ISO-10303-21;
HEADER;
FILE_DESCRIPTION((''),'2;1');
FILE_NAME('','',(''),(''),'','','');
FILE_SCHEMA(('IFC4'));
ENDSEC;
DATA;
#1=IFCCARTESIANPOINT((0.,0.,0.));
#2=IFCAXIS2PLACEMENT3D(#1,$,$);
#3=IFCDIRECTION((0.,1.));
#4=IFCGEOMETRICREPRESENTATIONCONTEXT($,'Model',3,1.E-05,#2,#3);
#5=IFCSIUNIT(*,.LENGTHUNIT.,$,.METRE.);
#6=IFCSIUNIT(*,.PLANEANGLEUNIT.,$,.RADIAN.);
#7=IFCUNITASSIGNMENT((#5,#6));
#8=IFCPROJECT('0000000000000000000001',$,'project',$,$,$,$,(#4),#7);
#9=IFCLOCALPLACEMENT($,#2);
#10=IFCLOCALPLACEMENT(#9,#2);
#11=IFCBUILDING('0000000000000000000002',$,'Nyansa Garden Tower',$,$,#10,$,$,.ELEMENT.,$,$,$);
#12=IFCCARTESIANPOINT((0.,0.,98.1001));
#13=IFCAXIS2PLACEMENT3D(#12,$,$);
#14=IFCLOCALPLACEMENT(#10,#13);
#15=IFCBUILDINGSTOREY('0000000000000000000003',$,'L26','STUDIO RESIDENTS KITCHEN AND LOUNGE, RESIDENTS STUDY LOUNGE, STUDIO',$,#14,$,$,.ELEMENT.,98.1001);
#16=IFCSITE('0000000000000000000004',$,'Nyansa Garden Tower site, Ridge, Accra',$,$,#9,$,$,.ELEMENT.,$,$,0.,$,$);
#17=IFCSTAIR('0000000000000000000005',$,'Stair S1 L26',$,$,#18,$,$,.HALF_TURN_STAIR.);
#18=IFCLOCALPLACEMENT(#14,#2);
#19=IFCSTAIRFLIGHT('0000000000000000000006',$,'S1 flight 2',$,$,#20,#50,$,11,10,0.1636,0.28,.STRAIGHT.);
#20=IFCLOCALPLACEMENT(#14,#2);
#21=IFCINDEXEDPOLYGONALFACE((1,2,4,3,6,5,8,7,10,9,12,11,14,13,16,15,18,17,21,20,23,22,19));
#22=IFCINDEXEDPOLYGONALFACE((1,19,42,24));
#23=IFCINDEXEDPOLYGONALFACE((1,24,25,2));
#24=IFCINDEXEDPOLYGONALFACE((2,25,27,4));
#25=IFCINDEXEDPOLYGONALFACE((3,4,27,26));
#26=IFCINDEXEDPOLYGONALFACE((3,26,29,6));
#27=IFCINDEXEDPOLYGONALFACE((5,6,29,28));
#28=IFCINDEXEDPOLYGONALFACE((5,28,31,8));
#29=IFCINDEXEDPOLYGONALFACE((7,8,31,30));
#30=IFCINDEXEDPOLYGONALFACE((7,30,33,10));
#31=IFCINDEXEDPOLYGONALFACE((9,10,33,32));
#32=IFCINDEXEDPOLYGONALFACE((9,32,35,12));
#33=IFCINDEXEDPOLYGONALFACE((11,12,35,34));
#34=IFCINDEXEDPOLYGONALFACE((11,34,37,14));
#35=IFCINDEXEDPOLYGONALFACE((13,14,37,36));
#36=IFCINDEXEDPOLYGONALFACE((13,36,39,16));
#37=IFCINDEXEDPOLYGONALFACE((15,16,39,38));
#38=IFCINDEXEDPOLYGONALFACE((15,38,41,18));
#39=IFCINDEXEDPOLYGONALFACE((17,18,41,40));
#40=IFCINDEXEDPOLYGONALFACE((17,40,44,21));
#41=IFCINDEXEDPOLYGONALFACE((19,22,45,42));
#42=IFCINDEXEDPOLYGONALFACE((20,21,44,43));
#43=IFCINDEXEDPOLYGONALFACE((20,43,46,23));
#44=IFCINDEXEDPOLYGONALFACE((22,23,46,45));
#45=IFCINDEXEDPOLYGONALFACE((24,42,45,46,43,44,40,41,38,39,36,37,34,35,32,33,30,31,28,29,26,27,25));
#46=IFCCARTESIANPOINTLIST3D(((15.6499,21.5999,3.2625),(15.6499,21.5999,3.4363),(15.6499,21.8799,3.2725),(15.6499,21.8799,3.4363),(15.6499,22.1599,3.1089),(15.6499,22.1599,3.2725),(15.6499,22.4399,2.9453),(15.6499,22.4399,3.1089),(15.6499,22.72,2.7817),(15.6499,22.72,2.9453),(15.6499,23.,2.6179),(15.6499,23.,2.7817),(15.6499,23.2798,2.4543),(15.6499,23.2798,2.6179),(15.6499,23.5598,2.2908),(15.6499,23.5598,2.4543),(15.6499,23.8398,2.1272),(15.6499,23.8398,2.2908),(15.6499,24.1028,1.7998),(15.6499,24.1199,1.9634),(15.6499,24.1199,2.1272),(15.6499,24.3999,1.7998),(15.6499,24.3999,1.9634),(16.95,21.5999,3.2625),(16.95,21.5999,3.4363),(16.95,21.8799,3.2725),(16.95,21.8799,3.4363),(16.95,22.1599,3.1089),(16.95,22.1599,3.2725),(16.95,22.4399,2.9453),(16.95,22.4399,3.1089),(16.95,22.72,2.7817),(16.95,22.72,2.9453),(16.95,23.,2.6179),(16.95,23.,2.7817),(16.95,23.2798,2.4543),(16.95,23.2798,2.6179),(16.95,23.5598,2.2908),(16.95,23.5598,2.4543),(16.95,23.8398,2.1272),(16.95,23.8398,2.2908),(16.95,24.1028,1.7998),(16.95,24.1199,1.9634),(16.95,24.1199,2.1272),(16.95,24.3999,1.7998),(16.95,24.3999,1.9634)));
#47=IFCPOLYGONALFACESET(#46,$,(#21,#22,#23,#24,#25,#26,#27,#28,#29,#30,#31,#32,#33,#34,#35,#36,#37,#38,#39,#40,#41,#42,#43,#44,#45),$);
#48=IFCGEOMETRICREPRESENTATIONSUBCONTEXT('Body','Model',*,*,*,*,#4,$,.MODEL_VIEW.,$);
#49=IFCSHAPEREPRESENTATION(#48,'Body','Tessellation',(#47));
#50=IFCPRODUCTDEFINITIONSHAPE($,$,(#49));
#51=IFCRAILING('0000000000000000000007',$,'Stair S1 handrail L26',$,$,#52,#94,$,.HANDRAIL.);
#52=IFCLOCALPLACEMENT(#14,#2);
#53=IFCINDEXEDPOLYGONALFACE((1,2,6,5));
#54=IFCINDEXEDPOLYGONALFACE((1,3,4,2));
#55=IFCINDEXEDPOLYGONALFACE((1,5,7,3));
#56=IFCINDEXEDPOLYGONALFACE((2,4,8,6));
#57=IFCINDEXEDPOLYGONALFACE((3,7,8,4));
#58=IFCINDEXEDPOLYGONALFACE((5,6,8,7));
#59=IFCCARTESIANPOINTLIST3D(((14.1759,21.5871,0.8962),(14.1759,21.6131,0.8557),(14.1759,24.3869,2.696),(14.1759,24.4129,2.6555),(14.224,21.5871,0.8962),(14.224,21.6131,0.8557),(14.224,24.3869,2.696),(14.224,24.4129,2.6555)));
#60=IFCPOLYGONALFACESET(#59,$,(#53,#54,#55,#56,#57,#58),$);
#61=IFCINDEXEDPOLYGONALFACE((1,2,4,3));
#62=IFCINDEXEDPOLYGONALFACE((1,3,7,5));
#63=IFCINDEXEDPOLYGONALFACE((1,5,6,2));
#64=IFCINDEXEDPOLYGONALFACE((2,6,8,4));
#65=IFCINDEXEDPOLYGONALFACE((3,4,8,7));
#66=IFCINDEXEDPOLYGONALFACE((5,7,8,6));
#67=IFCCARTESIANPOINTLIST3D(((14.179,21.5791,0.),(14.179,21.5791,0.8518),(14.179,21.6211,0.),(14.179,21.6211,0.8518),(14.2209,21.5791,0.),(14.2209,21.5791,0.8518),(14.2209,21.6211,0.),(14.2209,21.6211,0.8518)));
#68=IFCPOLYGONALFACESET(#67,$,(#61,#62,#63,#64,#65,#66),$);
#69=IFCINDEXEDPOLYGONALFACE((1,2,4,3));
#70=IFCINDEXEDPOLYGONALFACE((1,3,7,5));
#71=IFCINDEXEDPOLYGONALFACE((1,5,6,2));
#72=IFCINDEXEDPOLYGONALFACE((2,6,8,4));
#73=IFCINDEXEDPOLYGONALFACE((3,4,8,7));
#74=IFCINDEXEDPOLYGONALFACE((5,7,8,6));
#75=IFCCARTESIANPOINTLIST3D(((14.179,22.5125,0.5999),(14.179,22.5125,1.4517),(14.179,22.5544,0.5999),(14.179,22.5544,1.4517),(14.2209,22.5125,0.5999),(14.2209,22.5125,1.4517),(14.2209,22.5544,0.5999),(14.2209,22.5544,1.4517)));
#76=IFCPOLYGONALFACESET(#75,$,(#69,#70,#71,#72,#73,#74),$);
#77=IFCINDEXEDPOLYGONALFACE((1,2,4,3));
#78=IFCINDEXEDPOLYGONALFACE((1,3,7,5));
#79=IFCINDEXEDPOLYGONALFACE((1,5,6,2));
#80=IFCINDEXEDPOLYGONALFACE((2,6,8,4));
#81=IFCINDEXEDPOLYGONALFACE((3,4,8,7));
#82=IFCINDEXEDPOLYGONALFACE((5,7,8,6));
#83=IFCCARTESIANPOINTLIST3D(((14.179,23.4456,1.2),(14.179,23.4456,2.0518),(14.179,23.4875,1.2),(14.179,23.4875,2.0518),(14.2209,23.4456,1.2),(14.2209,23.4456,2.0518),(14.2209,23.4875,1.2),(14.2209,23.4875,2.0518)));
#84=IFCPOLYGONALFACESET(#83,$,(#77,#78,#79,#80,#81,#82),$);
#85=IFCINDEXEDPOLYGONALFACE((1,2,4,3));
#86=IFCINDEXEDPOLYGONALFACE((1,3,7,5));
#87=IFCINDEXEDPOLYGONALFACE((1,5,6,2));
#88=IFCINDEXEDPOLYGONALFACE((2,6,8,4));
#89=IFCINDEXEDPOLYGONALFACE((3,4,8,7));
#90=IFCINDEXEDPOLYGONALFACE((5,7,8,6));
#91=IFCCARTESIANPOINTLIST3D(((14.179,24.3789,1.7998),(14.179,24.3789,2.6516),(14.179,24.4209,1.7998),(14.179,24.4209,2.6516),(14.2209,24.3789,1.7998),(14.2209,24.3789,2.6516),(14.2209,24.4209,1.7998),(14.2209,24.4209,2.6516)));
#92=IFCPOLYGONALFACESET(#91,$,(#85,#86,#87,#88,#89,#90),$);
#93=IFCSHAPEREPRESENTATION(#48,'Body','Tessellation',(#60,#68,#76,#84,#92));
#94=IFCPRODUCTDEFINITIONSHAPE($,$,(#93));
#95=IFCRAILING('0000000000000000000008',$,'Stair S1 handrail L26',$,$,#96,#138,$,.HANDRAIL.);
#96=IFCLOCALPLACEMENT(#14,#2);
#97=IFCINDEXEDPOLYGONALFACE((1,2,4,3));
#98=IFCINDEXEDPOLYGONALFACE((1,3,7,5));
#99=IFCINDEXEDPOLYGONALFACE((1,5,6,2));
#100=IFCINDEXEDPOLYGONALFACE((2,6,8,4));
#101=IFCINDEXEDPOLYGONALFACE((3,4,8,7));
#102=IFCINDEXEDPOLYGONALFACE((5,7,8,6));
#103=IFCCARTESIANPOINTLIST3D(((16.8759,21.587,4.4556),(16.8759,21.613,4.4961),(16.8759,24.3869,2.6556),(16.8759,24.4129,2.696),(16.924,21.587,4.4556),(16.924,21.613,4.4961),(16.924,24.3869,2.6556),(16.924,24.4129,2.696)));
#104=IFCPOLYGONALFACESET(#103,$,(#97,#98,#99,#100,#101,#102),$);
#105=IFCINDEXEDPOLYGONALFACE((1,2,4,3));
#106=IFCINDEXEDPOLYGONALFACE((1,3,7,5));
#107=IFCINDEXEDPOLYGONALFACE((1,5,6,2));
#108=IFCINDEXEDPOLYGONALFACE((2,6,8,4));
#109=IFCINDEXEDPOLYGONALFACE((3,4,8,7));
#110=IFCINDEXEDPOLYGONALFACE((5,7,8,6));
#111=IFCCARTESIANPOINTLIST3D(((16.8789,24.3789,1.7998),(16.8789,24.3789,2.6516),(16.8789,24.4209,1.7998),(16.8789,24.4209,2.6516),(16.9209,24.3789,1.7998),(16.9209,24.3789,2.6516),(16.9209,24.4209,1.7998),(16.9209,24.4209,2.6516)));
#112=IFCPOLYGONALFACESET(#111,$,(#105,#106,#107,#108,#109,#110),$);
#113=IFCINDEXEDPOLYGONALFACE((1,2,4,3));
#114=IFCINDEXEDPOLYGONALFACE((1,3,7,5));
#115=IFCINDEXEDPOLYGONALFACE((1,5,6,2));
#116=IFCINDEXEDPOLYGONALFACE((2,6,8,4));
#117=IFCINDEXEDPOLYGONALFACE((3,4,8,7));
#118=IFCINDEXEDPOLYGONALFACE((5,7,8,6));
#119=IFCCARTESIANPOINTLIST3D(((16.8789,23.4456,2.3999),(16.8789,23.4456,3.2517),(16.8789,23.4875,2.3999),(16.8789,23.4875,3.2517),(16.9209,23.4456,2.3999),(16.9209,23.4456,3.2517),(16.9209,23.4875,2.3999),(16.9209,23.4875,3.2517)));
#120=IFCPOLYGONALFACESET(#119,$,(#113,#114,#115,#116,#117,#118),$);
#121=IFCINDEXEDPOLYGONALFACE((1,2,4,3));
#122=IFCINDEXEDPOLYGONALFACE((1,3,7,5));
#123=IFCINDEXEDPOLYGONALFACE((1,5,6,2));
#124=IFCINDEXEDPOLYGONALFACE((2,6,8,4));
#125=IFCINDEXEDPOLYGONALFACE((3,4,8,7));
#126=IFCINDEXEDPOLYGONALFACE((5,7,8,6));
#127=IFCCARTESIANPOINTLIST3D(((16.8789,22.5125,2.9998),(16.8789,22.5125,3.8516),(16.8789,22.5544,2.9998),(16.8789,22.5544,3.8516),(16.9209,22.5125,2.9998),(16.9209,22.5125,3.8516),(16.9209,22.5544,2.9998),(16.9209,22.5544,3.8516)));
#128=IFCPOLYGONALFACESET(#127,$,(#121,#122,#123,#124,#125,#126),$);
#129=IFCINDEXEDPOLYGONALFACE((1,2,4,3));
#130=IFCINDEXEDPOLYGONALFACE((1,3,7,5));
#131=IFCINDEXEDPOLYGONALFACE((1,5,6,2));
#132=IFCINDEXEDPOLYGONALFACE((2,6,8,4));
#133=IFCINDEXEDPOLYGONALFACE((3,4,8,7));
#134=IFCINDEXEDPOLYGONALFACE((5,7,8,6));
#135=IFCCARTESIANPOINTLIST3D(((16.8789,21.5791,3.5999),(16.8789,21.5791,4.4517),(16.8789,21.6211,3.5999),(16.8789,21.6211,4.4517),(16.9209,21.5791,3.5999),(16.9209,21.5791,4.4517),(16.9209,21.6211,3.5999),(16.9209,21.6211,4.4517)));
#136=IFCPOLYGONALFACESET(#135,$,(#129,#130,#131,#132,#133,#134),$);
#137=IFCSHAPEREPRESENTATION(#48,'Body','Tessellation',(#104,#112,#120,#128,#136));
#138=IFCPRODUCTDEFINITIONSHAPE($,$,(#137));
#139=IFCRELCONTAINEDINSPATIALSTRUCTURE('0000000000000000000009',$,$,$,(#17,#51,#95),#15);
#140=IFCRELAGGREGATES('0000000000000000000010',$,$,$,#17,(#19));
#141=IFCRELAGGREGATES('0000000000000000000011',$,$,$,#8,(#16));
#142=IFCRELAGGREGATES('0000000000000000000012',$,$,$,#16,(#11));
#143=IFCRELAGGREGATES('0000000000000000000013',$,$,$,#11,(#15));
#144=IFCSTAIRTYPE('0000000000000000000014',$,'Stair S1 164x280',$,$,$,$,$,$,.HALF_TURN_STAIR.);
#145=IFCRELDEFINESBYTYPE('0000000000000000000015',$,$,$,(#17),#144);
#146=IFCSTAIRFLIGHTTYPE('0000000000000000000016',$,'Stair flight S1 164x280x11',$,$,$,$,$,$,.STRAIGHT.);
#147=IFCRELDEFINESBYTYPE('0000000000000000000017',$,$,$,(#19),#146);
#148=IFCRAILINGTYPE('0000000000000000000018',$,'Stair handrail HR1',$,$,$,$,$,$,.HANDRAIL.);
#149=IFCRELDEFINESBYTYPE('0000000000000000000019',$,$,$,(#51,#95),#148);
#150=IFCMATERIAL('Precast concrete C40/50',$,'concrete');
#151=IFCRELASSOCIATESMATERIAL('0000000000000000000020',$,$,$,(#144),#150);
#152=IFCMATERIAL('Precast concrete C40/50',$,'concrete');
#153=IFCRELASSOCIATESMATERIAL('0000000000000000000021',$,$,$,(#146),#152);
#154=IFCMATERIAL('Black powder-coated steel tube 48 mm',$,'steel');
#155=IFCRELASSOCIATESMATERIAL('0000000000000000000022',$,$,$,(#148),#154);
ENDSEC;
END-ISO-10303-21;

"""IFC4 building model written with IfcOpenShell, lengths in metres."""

from ifc_helpers import new_model, si_unit, direction, frame, origin, origin_2d, place, context, subcontext, project, spatial, polyline, rectangle, outline, extrude, material, type_object, element, aggregate, save


model = new_model("IFC4")

# Units and contexts
model_context = context("Model", 3, precision=1e-05, world=origin(), true_north=direction((0.0, 1.0)))
body_context = subcontext(model_context, "Body", "Model", "MODEL_VIEW")
ifc_project = project(units=[si_unit("LENGTHUNIT", "METRE"), si_unit("PLANEANGLEUNIT", "RADIAN")], contexts=[model_context])

# Site, building, storey
site_placement = place(None, origin())
site = spatial("IfcSite", under=ifc_project, at=site_placement, Name="Nyansa Garden Tower site, Ridge, Accra", CompositionType="ELEMENT", RefElevation=0.0)
building_placement = place(site_placement, origin())
building = spatial("IfcBuilding", under=site, at=building_placement, Name="Nyansa Garden Tower", CompositionType="ELEMENT")
storey_placement = place(building_placement, frame((0.0, 0.0, 98.1001)))
storey = spatial("IfcBuildingStorey", under=building, at=storey_placement, Name="L26", Description="STUDIO RESIDENTS KITCHEN AND LOUNGE, RESIDENTS STUDY LOUNGE, STUDIO", CompositionType="ELEMENT", Elevation=98.1001)

# Stair, stair flight
ifc_material_1 = material(Name="Precast concrete C40/50", Category="concrete")
stair_type = type_object("IfcStairType", Name="Stair S1 164x280", PredefinedType="HALF_TURN_STAIR", material=ifc_material_1)
stair_placement = place(storey_placement, origin())
stair = element("IfcStair", 1, at=stair_placement, inside=storey, type_object=stair_type, Name="Stair S1 L26", PredefinedType="HALF_TURN_STAIR")
ifc_material_2 = material(Name="Precast concrete C40/50", Category="concrete")
stair_flight_type = type_object("IfcStairFlightType", Name="Stair flight S1 164x280x11", PredefinedType="STRAIGHT", material=ifc_material_2)
stair_flight_1_placement = place(storey_placement, frame((16.3, 24.3999, 1.7998), z_axis=(0.0, 0.0, 1.0), x_axis=(0.0, -1.0, 0.0)))
stair_flight_1 = element("IfcStairFlight", 2, at=stair_flight_1_placement, type_object=stair_flight_type, Name="S1 flight 2", NumberOfRisers=11, NumberOfTreads=10, PredefinedType="STRAIGHT", RiserHeight=0.1636, TreadLength=0.28, context=body_context, shape_type="SweptSolid", body=[
    extrude(outline(polyline([(0.0, 0.0), (0.0, 0.1636), (0.28, 0.1636), (0.28, 0.3274), (0.5601, 0.3274), (0.5601, 0.491), (0.8401, 0.491), (0.8401, 0.6545), (1.1201, 0.6545), (1.1201, 0.8181), (1.3999, 0.8181), (1.3999, 0.9819), (1.6799, 0.9819), (1.6799, 1.1455), (1.96, 1.1455), (1.96, 1.3091), (2.24, 1.3091), (2.24, 1.4727), (2.52, 1.4727), (2.52, 1.6365), (2.8, 1.6365), (2.8, 1.8), (2.8, 1.4626), (0.2971, 0.0), (0.0, 0.0)])), frame((0.0, 0.6499, 0.0), z_axis=(0.0, -1.0, 0.0), x_axis=(1.0, 0.0, 0.0)), (0.0, 0.0, 1.0), 1.3),
])
aggregate(stair, [stair_flight_1])

# Railings
ifc_material_3 = material(Name="Black powder-coated steel tube 48 mm", Category="steel")
railing_type = type_object("IfcRailingType", Name="Stair handrail HR1", PredefinedType="HANDRAIL", material=ifc_material_3)
railing_1_placement = place(storey_placement, frame((14.2, 21.6001, 0.0)))
element("IfcRailing", 3, at=railing_1_placement, inside=storey, type_object=railing_type, Name="Stair S1 handrail L26", PredefinedType="HANDRAIL", context=body_context, shape_type="SweptSolid", body=[
    extrude(rectangle(XDim=0.0481, YDim=0.0481, at=origin_2d()), frame((0.0, 0.0, 0.876), z_axis=(0.0, 0.841188, 0.540743), x_axis=(-1.0, 0.0, 0.0)), (0.0, 0.0, 1.0), 3.3284),
    extrude(rectangle(XDim=0.042, YDim=0.042, at=origin_2d()), origin(), (0.0, 0.0, 1.0), 0.8518),
    extrude(rectangle(XDim=0.042, YDim=0.042, at=origin_2d()), frame((0.0, 0.9333, 0.5999)), (0.0, 0.0, 1.0), 0.8518),
    extrude(rectangle(XDim=0.042, YDim=0.042, at=origin_2d()), frame((0.0, 1.8665, 1.2)), (0.0, 0.0, 1.0), 0.8518),
    extrude(rectangle(XDim=0.042, YDim=0.042, at=origin_2d()), frame((0.0, 2.7998, 1.7998)), (0.0, 0.0, 1.0), 0.8518),
])
railing_2_placement = place(storey_placement, frame((16.8999, 24.3999, 1.7998)))
element("IfcRailing", 4, at=railing_2_placement, inside=storey, type_object=railing_type, Name="Stair S1 handrail L26", PredefinedType="HANDRAIL", context=body_context, shape_type="SweptSolid", body=[
    extrude(rectangle(XDim=0.0481, YDim=0.0481, at=origin_2d()), frame((0.0, 0.0, 0.876), z_axis=(0.0, -0.841155, 0.540795), x_axis=(1.0, 0.0, 0.0)), (0.0, 0.0, 1.0), 3.3286),
    extrude(rectangle(XDim=0.042, YDim=0.042, at=origin_2d()), origin(), (0.0, 0.0, 1.0), 0.8518),
    extrude(rectangle(XDim=0.042, YDim=0.042, at=origin_2d()), frame((0.0, -0.9333, 0.6001)), (0.0, 0.0, 1.0), 0.8518),
    extrude(rectangle(XDim=0.042, YDim=0.042, at=origin_2d()), frame((0.0, -1.8665, 1.2)), (0.0, 0.0, 1.0), 0.8518),
    extrude(rectangle(XDim=0.042, YDim=0.042, at=origin_2d()), frame((0.0, -2.7998, 1.8)), (0.0, 0.0, 1.0), 0.8518),
])

save(model, "model.ifc")
